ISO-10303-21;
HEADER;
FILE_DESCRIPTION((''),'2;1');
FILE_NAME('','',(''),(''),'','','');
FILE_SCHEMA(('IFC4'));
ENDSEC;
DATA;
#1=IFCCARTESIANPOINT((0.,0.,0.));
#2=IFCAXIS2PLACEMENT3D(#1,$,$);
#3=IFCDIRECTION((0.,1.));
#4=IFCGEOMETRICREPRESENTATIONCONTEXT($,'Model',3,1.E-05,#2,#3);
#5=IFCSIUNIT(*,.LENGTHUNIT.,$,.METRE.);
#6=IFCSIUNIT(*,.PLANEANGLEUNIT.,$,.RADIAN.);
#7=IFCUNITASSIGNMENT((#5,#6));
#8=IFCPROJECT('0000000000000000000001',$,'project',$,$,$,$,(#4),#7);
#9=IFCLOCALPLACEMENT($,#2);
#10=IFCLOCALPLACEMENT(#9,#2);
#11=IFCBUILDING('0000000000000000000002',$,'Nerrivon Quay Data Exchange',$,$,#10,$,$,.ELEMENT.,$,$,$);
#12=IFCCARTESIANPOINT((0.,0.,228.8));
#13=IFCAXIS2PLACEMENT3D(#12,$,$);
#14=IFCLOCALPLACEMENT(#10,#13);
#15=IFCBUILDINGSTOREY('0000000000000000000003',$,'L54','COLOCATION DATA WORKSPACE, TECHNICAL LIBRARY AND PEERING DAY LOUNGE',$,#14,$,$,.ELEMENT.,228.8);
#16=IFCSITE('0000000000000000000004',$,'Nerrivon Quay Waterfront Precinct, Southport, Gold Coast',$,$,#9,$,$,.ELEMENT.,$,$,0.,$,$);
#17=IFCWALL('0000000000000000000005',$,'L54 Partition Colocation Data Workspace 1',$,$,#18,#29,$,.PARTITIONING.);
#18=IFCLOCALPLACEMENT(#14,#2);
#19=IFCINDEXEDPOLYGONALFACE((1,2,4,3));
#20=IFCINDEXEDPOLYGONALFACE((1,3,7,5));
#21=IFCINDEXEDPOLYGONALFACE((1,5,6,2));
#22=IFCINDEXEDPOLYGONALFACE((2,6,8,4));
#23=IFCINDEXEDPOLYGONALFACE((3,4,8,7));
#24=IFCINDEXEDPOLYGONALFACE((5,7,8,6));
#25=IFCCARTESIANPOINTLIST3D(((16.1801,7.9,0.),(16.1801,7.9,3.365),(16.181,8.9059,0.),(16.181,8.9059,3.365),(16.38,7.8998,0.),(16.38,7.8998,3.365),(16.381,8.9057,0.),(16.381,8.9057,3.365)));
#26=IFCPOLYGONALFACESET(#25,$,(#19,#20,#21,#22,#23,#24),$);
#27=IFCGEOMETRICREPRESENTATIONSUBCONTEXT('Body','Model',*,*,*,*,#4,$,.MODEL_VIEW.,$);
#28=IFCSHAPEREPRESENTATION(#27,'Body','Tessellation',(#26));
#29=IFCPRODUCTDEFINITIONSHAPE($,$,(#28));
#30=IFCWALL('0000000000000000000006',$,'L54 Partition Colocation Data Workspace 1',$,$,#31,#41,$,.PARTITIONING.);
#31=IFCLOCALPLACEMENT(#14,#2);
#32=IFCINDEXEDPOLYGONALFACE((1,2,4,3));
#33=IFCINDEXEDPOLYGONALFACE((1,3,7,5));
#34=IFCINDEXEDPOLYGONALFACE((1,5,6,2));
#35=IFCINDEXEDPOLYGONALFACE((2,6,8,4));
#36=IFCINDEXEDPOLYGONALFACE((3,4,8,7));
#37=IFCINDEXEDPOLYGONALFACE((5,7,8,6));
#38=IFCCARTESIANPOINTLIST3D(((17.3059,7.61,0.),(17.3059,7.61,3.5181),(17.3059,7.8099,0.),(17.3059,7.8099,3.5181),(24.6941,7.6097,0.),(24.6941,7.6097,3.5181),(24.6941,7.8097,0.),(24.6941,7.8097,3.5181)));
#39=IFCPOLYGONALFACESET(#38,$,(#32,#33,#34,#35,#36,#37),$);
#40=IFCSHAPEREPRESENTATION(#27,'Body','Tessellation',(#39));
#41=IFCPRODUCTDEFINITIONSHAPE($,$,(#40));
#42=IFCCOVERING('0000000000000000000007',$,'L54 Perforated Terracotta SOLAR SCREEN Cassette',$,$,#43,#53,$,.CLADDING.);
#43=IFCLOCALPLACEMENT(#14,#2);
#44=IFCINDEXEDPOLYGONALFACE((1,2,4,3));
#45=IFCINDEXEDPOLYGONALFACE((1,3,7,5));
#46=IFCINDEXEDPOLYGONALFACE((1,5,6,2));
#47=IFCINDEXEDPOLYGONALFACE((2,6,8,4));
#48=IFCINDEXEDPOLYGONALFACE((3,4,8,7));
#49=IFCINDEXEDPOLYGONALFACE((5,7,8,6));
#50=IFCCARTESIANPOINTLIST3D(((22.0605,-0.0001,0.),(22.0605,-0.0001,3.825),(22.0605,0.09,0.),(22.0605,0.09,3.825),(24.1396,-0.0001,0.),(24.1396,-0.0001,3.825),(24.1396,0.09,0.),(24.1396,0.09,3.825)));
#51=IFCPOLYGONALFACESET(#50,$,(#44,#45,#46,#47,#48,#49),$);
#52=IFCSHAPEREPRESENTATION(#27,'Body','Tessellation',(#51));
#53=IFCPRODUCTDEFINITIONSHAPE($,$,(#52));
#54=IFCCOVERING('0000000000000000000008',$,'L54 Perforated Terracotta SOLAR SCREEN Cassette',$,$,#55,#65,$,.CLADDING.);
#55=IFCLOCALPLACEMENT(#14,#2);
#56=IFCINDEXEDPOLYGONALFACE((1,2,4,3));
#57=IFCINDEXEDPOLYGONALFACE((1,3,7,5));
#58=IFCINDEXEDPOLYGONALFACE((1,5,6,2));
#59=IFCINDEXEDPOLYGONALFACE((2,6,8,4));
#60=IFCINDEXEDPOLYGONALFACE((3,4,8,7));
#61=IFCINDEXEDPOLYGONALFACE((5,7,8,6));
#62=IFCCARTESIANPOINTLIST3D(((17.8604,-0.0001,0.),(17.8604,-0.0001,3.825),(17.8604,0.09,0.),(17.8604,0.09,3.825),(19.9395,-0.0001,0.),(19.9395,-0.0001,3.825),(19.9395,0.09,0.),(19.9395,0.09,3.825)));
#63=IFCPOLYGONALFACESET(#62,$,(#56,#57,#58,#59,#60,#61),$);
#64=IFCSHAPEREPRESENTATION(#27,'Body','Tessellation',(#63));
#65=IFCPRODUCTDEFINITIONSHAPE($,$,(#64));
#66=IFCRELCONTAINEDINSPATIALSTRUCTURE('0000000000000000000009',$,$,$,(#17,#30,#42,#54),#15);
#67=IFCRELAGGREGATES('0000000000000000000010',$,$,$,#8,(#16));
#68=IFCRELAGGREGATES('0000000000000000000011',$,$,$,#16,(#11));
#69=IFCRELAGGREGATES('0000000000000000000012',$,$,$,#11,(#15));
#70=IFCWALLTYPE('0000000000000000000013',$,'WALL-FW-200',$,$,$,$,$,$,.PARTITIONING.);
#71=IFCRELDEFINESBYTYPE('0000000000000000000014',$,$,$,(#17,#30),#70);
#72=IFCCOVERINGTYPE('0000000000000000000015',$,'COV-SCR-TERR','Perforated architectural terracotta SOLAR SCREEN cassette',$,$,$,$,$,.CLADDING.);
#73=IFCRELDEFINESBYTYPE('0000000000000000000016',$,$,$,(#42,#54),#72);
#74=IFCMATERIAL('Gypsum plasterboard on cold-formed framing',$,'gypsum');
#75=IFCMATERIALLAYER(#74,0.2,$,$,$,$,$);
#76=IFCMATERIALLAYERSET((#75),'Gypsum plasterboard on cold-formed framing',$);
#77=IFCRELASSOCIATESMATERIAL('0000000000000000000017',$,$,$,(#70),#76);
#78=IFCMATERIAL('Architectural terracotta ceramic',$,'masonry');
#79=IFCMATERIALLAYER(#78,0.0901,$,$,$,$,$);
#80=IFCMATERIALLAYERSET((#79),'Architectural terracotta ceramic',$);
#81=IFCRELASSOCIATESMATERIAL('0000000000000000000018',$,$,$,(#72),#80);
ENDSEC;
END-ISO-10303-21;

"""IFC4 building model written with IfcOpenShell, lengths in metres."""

from ifc_helpers import new_model, si_unit, direction, frame, frame_2d, origin, origin_2d, place, context, subcontext, project, spatial, rectangle, extrude, material, layer, layer_set, type_object, element, save


model = new_model("IFC4")

# Units and contexts
model_context = context("Model", 3, precision=1e-05, world=origin(), true_north=direction((0.0, 1.0)))
body_context = subcontext(model_context, "Body", "Model", "MODEL_VIEW")
ifc_project = project(units=[si_unit("LENGTHUNIT", "METRE"), si_unit("PLANEANGLEUNIT", "RADIAN")], contexts=[model_context])

# Site, building, storey
site_placement = place(None, origin())
site = spatial("IfcSite", under=ifc_project, at=site_placement, Name="Nerrivon Quay Waterfront Precinct, Southport, Gold Coast", CompositionType="ELEMENT", RefElevation=0.0)
building_placement = place(site_placement, origin())
building = spatial("IfcBuilding", under=site, at=building_placement, Name="Nerrivon Quay Data Exchange", CompositionType="ELEMENT")
storey_placement = place(building_placement, frame((0.0, 0.0, 228.8)))
storey = spatial("IfcBuildingStorey", under=building, at=storey_placement, Name="L54", Description="COLOCATION DATA WORKSPACE, TECHNICAL LIBRARY AND PEERING DAY LOUNGE", CompositionType="ELEMENT", Elevation=228.8)

# Walls
ifc_material_1 = material(Name="Gypsum plasterboard on cold-formed framing", Category="gypsum")
ifc_layer_1 = layer(ifc_material_1, 0.2)
ifc_layer_set_1 = layer_set([ifc_layer_1], Name="Gypsum plasterboard on cold-formed framing")
wall_type_1 = type_object("IfcWallType", Name="WALL-FW-200", PredefinedType="PARTITIONING", material=ifc_layer_set_1)
wall_1_placement = place(storey_placement, frame((16.28, 7.8999, 0.0), z_axis=(0.0, 0.0, 1.0), x_axis=(0.000971, 1.0, 0.0)))
element("IfcWall", 1, at=wall_1_placement, inside=storey, type_object=wall_type_1, Name="L54 Partition Colocation Data Workspace 1", PredefinedType="PARTITIONING", context=body_context, shape_type="SweptSolid", body=[
    extrude(rectangle(XDim=1.0059, YDim=0.2, at=frame_2d((0.5029, 0.0))), origin(), (0.0, 0.0, 1.0), 3.365),
])
wall_2_placement = place(storey_placement, frame((17.3059, 7.71, 0.0), z_axis=(0.0, 0.0, 1.0), x_axis=(1.0, -0.000033, 0.0)))
element("IfcWall", 2, at=wall_2_placement, inside=storey, type_object=wall_type_1, Name="L54 Partition Colocation Data Workspace 1", PredefinedType="PARTITIONING", context=body_context, shape_type="SweptSolid", body=[
    extrude(rectangle(XDim=7.3882, YDim=0.2, at=frame_2d((3.6941, 0.0))), origin(), (0.0, 0.0, 1.0), 3.5181),
])

# Coverings
ifc_material_2 = material(Name="Architectural terracotta ceramic", Category="masonry")
ifc_layer_2 = layer(ifc_material_2, 0.0901)
ifc_layer_set_2 = layer_set([ifc_layer_2], Name="Architectural terracotta ceramic")
covering_type = type_object("IfcCoveringType", Name="COV-SCR-TERR", Description="Perforated architectural terracotta SOLAR SCREEN cassette", PredefinedType="CLADDING", material=ifc_layer_set_2)
for number, where, z_axis, x_axis, name in (
    (3, (23.1001, 0.0449, 0.0), (0.0, 0.0, 1.0), (-1.0, 0.0, 0.0), "L54 Perforated Terracotta SOLAR SCREEN Cassette"),
    (4, (18.8999, 0.0449, 0.0), (0.0, 0.0, 1.0), (-1.0, 0.0, 0.0), "L54 Perforated Terracotta SOLAR SCREEN Cassette"),
):
    element("IfcCovering", number, at=place(storey_placement, frame(where, z_axis=z_axis, x_axis=x_axis)), inside=storey, type_object=covering_type, Name=name, PredefinedType="CLADDING", context=body_context, shape_type="SweptSolid", body=[
        extrude(rectangle(XDim=2.0791, YDim=0.0901, at=origin_2d()), origin(), (0.0, 0.0, 1.0), 3.825),
    ])

save(model, "model.ifc")
